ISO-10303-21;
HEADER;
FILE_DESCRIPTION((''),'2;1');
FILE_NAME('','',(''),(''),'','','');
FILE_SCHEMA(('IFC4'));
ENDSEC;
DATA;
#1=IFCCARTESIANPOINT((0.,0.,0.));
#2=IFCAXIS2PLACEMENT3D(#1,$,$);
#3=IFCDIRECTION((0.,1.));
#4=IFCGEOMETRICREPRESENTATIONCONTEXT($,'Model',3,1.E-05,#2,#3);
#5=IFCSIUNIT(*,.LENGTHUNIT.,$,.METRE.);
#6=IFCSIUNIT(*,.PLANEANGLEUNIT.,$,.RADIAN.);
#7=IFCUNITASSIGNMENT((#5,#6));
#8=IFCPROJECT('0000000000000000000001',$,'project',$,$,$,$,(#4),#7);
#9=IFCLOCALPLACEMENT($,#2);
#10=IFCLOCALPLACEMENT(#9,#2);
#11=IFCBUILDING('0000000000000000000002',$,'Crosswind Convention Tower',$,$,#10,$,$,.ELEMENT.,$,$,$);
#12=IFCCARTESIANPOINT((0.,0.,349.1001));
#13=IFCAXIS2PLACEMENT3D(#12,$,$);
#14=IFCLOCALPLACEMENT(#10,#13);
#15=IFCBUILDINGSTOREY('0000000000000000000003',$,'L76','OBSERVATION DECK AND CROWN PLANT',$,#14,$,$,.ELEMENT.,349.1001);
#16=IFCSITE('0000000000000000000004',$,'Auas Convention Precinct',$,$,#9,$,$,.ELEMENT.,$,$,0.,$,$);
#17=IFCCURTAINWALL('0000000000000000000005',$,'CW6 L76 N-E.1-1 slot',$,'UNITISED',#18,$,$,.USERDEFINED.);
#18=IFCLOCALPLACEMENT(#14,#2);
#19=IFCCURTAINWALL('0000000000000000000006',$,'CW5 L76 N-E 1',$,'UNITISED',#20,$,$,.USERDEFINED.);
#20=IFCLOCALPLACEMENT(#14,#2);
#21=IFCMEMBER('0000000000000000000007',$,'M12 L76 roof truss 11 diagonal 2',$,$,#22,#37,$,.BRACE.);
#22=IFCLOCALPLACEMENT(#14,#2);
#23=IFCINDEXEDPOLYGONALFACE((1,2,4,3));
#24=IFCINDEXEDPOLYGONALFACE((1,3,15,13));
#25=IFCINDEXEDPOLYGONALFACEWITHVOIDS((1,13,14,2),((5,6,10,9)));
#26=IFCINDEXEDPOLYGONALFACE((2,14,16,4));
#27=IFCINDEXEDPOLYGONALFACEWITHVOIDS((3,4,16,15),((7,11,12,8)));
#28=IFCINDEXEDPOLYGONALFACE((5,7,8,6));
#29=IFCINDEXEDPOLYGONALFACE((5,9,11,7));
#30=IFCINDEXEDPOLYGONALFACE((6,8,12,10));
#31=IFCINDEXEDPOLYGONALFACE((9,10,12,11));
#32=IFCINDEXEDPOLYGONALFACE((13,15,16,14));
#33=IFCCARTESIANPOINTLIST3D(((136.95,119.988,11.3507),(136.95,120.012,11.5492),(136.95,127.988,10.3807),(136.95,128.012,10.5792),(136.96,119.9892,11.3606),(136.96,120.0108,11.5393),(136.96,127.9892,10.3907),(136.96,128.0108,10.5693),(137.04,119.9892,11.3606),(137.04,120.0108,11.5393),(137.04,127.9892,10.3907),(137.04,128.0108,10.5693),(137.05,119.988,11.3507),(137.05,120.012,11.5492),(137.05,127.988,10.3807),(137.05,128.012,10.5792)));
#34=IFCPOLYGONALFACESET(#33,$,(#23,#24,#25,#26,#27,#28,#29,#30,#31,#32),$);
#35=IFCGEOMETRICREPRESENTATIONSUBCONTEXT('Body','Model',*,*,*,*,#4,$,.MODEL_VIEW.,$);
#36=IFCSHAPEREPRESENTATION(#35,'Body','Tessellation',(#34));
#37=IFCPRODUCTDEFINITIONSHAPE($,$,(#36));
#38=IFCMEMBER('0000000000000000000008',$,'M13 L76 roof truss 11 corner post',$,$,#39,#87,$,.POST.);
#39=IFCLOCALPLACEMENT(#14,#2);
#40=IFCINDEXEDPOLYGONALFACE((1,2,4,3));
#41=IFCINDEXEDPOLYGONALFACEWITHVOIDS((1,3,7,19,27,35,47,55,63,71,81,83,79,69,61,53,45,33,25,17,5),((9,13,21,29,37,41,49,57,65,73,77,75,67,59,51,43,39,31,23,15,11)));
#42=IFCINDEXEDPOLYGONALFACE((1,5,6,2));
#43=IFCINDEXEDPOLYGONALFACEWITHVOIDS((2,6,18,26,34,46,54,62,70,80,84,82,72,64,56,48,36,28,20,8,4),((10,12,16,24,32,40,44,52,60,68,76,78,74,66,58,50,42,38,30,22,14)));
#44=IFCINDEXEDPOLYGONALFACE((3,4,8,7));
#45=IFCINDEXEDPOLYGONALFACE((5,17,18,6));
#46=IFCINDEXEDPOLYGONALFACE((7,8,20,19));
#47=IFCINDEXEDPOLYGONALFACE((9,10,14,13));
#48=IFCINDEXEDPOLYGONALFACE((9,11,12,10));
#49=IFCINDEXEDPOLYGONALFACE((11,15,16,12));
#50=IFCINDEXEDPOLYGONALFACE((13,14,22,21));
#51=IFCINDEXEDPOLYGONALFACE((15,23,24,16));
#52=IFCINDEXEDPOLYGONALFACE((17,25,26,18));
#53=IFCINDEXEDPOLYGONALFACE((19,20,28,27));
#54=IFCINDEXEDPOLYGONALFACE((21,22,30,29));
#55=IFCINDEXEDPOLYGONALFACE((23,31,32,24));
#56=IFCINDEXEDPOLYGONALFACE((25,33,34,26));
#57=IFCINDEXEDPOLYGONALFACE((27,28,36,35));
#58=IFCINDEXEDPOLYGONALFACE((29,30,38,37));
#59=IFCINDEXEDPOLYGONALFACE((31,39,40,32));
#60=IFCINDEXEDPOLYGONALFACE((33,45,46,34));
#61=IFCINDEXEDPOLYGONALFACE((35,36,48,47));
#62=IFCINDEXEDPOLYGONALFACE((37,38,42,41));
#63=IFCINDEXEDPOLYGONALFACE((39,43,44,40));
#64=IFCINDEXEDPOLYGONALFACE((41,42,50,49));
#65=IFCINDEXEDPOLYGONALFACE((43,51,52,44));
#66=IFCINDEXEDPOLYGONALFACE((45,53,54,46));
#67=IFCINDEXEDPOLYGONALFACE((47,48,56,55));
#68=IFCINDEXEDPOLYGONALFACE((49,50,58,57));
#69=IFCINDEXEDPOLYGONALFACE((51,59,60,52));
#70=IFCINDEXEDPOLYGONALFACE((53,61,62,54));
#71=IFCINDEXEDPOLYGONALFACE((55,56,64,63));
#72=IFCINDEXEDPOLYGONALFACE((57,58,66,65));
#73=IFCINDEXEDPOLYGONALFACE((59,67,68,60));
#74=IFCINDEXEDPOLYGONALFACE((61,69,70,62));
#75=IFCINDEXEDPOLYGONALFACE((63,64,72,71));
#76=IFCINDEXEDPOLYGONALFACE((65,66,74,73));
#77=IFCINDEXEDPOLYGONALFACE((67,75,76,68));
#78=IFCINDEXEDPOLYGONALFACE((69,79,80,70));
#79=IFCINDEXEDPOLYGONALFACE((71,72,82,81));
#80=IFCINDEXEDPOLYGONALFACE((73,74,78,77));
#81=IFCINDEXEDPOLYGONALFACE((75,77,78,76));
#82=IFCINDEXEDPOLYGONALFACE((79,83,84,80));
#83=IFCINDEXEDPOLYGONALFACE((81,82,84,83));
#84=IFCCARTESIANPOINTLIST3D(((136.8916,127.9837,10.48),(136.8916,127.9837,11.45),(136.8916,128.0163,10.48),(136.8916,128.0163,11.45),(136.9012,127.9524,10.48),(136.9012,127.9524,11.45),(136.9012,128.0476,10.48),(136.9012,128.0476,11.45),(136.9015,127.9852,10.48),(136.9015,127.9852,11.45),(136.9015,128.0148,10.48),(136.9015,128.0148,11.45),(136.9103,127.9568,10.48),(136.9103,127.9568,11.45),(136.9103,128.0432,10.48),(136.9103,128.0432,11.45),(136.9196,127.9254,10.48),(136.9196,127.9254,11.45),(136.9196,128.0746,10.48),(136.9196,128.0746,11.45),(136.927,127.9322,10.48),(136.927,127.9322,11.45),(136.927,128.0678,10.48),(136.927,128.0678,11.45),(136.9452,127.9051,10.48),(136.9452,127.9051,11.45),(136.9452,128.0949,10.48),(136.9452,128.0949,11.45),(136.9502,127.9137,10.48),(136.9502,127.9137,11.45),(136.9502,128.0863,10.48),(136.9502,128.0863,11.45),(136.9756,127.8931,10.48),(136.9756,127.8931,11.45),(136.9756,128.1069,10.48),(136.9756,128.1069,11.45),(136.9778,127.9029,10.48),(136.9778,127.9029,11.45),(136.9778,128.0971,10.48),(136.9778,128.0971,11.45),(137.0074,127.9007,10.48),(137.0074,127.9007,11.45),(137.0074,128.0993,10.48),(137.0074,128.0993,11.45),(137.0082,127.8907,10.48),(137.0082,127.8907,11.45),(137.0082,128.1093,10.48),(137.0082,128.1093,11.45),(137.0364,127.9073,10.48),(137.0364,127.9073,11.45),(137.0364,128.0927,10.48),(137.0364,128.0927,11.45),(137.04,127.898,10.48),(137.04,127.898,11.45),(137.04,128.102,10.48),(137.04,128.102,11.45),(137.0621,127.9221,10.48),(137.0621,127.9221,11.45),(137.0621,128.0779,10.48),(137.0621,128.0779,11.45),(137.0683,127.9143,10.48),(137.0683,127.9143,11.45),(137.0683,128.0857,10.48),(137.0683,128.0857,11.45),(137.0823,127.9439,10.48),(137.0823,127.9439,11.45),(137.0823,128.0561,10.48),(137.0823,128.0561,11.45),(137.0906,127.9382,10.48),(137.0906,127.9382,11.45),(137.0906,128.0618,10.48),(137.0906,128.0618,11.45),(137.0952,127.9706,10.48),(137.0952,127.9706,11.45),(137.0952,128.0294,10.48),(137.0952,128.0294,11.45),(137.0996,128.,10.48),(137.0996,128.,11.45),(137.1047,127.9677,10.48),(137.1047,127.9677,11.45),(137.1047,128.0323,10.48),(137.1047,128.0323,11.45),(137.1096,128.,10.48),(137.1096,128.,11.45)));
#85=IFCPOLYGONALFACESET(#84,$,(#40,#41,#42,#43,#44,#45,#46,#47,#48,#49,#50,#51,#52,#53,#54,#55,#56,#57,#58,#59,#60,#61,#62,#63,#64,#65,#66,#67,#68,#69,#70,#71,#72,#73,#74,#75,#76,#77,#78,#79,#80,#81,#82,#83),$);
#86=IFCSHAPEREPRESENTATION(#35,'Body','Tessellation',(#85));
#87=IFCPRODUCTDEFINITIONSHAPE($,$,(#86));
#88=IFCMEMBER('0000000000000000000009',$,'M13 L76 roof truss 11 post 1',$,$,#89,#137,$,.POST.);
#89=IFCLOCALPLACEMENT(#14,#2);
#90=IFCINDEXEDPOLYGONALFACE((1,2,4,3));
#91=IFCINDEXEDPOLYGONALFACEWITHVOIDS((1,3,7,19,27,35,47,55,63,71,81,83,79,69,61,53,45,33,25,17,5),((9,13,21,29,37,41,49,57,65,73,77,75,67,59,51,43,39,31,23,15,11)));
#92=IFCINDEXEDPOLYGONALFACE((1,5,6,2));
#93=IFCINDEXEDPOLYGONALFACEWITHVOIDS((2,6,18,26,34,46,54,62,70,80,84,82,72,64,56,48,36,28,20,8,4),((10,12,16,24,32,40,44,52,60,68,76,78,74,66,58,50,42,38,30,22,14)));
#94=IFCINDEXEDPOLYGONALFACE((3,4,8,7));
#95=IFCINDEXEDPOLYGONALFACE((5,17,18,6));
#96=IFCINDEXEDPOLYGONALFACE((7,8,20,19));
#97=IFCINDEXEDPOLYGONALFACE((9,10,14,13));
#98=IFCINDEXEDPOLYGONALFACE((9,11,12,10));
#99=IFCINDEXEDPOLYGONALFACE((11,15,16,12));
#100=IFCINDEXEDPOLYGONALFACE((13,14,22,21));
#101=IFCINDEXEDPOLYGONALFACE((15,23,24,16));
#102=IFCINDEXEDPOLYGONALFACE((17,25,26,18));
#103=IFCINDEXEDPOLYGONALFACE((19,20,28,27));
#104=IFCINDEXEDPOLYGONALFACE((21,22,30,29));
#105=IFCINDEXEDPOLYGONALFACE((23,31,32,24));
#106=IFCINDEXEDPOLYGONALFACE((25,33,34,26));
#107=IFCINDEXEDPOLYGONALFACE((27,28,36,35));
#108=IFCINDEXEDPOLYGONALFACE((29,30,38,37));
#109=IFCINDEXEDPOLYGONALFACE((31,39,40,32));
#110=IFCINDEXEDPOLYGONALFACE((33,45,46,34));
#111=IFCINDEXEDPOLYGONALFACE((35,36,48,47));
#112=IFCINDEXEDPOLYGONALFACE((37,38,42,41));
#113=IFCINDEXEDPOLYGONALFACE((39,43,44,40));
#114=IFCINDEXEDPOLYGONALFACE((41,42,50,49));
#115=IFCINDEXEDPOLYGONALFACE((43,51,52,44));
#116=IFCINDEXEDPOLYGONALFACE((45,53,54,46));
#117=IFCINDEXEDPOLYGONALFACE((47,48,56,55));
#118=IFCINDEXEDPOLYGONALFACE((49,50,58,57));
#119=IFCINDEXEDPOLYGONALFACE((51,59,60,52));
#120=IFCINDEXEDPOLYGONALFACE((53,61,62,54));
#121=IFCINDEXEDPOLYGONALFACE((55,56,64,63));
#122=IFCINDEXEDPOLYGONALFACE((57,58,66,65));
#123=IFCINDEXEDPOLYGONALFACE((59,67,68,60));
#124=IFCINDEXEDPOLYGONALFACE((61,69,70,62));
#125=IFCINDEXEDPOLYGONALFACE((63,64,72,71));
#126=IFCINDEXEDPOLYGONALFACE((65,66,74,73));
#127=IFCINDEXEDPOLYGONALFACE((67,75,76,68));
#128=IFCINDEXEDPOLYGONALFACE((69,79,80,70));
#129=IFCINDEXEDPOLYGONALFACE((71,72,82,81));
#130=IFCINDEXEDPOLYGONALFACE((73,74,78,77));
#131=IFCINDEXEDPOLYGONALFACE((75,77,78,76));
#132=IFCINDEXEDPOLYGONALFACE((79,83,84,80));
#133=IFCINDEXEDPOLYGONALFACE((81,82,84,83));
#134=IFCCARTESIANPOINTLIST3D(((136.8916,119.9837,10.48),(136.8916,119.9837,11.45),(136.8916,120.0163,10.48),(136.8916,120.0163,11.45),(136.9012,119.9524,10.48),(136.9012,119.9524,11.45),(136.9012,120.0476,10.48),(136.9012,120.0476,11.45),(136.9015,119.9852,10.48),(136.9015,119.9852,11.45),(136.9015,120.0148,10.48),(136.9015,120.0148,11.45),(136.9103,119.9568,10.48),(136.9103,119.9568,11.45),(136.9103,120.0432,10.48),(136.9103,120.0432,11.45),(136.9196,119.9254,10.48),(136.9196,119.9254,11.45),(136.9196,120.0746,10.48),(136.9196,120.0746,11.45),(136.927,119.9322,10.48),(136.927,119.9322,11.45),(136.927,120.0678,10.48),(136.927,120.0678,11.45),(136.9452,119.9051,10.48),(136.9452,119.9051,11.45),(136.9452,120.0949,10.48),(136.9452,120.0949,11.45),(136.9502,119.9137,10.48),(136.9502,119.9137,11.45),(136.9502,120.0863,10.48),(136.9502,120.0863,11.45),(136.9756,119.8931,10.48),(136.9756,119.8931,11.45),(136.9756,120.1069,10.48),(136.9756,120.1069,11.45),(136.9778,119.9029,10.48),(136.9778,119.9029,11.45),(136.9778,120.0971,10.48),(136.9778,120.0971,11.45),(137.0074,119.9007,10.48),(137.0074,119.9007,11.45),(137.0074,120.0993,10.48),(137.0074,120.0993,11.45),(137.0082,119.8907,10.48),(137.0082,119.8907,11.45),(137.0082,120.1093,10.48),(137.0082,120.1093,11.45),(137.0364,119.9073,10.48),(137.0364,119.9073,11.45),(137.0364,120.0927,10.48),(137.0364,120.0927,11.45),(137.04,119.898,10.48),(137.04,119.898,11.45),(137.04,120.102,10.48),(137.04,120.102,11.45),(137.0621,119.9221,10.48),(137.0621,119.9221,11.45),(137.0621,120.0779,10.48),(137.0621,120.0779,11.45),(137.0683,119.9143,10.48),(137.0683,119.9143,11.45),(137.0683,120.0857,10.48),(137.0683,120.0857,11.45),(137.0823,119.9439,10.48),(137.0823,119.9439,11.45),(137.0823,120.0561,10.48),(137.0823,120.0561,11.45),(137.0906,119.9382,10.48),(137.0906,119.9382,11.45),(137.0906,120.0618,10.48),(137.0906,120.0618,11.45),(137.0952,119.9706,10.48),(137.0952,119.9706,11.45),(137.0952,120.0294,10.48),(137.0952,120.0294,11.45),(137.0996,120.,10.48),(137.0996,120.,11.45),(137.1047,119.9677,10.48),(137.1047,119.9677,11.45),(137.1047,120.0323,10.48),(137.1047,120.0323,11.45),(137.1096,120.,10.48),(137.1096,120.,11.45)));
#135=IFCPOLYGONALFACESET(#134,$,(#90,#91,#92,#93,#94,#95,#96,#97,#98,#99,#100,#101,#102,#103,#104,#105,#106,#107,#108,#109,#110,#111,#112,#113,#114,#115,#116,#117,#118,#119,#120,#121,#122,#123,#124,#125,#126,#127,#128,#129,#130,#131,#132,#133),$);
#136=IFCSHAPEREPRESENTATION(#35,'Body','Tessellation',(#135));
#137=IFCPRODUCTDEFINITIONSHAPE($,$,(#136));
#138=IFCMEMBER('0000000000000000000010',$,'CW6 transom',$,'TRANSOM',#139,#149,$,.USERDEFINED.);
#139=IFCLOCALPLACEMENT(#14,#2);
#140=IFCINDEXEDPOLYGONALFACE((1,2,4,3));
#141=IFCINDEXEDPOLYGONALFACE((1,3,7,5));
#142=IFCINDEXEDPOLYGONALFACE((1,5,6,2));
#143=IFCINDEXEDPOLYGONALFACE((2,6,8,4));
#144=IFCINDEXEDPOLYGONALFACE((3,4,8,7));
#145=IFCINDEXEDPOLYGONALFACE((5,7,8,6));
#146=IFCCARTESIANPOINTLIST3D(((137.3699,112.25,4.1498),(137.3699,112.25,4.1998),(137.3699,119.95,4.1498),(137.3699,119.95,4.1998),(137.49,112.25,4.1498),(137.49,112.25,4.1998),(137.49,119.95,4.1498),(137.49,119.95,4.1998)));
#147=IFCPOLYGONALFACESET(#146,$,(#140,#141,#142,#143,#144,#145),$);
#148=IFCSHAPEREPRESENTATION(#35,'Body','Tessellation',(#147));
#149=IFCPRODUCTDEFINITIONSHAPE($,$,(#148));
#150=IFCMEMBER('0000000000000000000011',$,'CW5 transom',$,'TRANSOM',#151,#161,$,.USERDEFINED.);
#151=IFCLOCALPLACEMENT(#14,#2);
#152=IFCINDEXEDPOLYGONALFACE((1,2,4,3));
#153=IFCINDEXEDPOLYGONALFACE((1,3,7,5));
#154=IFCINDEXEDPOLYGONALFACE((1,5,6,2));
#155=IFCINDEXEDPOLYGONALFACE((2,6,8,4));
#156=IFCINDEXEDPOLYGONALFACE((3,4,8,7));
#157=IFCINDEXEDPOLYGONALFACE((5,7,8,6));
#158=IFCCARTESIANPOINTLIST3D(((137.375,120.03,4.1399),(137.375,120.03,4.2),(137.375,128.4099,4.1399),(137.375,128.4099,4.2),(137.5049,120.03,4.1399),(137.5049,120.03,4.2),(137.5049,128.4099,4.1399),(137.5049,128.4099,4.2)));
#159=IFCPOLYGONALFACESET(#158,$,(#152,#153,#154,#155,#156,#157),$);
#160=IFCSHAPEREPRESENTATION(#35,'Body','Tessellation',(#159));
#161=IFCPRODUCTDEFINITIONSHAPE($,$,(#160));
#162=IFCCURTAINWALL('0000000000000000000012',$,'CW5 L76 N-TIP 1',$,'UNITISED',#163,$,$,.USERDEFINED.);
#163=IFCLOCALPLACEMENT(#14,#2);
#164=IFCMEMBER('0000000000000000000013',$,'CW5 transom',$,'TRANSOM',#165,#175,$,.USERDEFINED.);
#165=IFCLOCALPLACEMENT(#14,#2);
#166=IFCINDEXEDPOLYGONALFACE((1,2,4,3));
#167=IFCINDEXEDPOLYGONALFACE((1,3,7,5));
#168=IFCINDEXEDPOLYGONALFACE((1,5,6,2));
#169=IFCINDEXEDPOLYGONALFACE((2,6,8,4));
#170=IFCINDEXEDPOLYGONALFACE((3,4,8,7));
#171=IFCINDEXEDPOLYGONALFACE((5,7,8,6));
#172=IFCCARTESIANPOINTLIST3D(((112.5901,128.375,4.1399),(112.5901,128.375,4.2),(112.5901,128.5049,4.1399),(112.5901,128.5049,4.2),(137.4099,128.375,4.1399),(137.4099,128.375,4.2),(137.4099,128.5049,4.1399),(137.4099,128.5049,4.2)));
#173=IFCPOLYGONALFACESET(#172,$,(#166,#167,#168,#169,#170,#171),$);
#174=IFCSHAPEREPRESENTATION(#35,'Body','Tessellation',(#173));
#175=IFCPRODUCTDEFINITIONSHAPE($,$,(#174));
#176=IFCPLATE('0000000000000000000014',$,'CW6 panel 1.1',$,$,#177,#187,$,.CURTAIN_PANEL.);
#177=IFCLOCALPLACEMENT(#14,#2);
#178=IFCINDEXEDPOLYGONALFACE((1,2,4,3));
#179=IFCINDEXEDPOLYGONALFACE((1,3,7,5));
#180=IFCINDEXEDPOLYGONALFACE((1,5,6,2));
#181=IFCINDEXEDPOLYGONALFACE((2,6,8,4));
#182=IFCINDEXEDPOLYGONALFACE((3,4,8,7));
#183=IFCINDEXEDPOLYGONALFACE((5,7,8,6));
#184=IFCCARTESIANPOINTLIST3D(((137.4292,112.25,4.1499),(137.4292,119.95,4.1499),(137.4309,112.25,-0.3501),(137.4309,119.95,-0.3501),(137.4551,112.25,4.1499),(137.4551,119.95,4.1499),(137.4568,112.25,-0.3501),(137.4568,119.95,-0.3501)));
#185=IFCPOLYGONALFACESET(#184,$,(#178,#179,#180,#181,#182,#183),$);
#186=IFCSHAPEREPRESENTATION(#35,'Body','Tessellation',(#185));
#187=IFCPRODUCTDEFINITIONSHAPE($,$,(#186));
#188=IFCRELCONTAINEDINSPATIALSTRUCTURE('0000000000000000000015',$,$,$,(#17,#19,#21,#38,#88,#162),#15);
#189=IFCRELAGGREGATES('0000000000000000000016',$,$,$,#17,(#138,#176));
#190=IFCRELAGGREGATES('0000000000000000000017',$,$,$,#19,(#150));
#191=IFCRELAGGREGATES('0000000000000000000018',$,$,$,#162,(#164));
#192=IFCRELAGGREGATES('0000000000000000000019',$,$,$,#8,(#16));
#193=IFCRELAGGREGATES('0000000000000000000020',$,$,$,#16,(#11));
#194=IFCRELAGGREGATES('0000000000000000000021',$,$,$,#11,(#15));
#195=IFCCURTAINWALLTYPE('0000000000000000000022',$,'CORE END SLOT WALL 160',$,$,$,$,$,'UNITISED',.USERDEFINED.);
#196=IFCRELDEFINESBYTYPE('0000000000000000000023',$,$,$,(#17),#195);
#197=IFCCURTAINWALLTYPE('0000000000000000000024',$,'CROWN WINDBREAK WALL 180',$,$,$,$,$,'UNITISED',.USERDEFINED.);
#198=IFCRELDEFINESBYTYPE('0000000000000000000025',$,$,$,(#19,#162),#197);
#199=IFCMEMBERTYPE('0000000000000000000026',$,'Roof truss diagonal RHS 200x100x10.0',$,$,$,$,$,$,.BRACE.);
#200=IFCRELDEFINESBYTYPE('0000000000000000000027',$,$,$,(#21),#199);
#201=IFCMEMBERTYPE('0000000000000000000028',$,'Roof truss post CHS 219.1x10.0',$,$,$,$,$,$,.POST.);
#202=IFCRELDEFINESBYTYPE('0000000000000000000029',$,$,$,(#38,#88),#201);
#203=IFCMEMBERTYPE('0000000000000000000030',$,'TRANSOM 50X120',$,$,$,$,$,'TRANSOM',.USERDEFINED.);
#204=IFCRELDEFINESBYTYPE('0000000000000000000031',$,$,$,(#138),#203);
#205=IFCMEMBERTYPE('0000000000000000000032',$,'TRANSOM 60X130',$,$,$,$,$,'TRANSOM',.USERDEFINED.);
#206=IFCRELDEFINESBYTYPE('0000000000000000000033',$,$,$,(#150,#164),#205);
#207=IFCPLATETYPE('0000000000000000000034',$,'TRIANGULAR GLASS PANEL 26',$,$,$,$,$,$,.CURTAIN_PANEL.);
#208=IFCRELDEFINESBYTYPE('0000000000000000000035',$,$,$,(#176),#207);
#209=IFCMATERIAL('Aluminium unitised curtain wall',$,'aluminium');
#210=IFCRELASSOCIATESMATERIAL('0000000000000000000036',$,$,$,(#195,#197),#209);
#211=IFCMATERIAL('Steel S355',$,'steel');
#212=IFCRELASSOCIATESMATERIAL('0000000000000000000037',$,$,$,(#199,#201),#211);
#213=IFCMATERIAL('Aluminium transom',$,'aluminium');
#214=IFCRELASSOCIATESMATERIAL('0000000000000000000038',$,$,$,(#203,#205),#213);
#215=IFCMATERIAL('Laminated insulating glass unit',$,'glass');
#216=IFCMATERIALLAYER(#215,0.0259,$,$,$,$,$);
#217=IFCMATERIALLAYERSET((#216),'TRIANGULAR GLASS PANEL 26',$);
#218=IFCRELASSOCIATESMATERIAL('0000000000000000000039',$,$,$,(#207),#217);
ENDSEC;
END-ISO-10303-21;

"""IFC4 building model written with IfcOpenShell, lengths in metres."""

from ifc_helpers import new_model, si_unit, direction, frame, origin, origin_2d, place, context, subcontext, project, spatial, polyline, rectangle, hollow_rectangle, hollow_circle, outline, extrude, material, layer, layer_set, material_profile, profile_set, type_object, element, aggregate, save


model = new_model("IFC4")

# Units and contexts
model_context = context("Model", 3, precision=1e-05, world=origin(), true_north=direction((0.0, 1.0)))
body_context = subcontext(model_context, "Body", "Model", "MODEL_VIEW")
ifc_project = project(units=[si_unit("LENGTHUNIT", "METRE"), si_unit("PLANEANGLEUNIT", "RADIAN")], contexts=[model_context])

# Site, building, storey
site_placement = place(None, origin())
site = spatial("IfcSite", under=ifc_project, at=site_placement, Name="Auas Convention Precinct", CompositionType="ELEMENT", RefElevation=0.0)
building_placement = place(site_placement, origin())
building = spatial("IfcBuilding", under=site, at=building_placement, Name="Crosswind Convention Tower", CompositionType="ELEMENT")
storey_placement = place(building_placement, frame((0.0, 0.0, 349.1001)))
storey = spatial("IfcBuildingStorey", under=building, at=storey_placement, Name="L76", Description="OBSERVATION DECK AND CROWN PLANT", CompositionType="ELEMENT", Elevation=349.1001)

# Shared definitions
ifc_material_1 = material(Name="Steel S355", Category="steel")

# Curtain walls
ifc_material_2 = material(Name="Aluminium unitised curtain wall", Category="aluminium")
curtain_wall_type_1 = type_object("IfcCurtainWallType", Name="CORE END SLOT WALL 160", ElementType="UNITISED", PredefinedType="USERDEFINED", material=ifc_material_2)
curtain_wall_1_placement = place(storey_placement, origin())
curtain_wall_1 = element("IfcCurtainWall", 1, at=curtain_wall_1_placement, inside=storey, type_object=curtain_wall_type_1, Name="CW6 L76 N-E.1-1 slot", ObjectType="UNITISED", PredefinedType="USERDEFINED")
curtain_wall_type_2 = type_object("IfcCurtainWallType", Name="CROWN WINDBREAK WALL 180", ElementType="UNITISED", PredefinedType="USERDEFINED", material=ifc_material_2)
curtain_wall_2_placement = place(storey_placement, origin())
curtain_wall_2 = element("IfcCurtainWall", 2, at=curtain_wall_2_placement, inside=storey, type_object=curtain_wall_type_2, Name="CW5 L76 N-E 1", ObjectType="UNITISED", PredefinedType="USERDEFINED")

# Members
ifc_material_profile_1 = material_profile(ifc_material_1, hollow_rectangle(XDim=0.1001, YDim=0.2, WallThickness=0.01, at=origin_2d()), Name="RHS 200x100x10.0")
ifc_profile_set_1 = profile_set([ifc_material_profile_1], Name="Steel S355")
member_type_1 = type_object("IfcMemberType", Name="Roof truss diagonal RHS 200x100x10.0", PredefinedType="BRACE", material=ifc_profile_set_1)
member_1_placement = place(storey_placement, frame((137.0, 120.0, 11.45), z_axis=(0.0, 0.99273, -0.120365), x_axis=(-1.0, 0.0, 0.0)))
element("IfcMember", 3, at=member_1_placement, inside=storey, type_object=member_type_1, Name="M12 L76 roof truss 11 diagonal 2", PredefinedType="BRACE", context=body_context, shape_type="SweptSolid", body=[
    extrude(hollow_rectangle(XDim=0.1001, YDim=0.2, WallThickness=0.01, at=origin_2d()), origin(), (0.0, 0.0, 1.0), 8.0586),
])
ifc_material_profile_2 = material_profile(ifc_material_1, hollow_circle(Radius=0.1096, WallThickness=0.01, at=origin_2d()), Name="CHS 219.1x10.0")
ifc_profile_set_2 = profile_set([ifc_material_profile_2], Name="Steel S355")
member_type_2 = type_object("IfcMemberType", Name="Roof truss post CHS 219.1x10.0", PredefinedType="POST", material=ifc_profile_set_2)
for number, where, z_axis, x_axis, name in (
    (4, (137.0, 128.0, 10.48), (0.0, 0.0, 1.0), (1.0, 0.0, 0.0), "M13 L76 roof truss 11 corner post"),
    (5, (137.0, 120.0, 10.48), (0.0, 0.0, 1.0), (1.0, 0.0, 0.0), "M13 L76 roof truss 11 post 1"),
):
    element("IfcMember", number, at=place(storey_placement, frame(where, z_axis=z_axis, x_axis=x_axis)), inside=storey, type_object=member_type_2, Name=name, PredefinedType="POST", context=body_context, shape_type="SweptSolid", body=[
        extrude(hollow_circle(Radius=0.1096, WallThickness=0.01, at=origin_2d()), origin(), (0.0, 0.0, 1.0), 0.97),
    ])

# Members
ifc_material_3 = material(Name="Aluminium transom", Category="aluminium")
ifc_material_profile_3 = material_profile(ifc_material_3, rectangle(XDim=0.1201, YDim=0.05, at=origin_2d()), Name="AL 120X50")
ifc_profile_set_3 = profile_set([ifc_material_profile_3], Name="Aluminium transom")
member_type_3 = type_object("IfcMemberType", Name="TRANSOM 50X120", ElementType="TRANSOM", PredefinedType="USERDEFINED", material=ifc_profile_set_3)
member_2_placement = place(storey_placement, frame((137.4299, 112.25, 4.1748), z_axis=(0.0, 1.0, 0.0), x_axis=(-1.0, 0.0, 0.0)))
member_2 = element("IfcMember", 6, at=member_2_placement, type_object=member_type_3, Name="CW6 transom", ObjectType="TRANSOM", PredefinedType="USERDEFINED", context=body_context, shape_type="SweptSolid", body=[
    extrude(rectangle(XDim=0.1201, YDim=0.05, at=origin_2d()), origin(), (0.0, 0.0, 1.0), 7.7),
])
ifc_material_profile_4 = material_profile(ifc_material_3, rectangle(XDim=0.1299, YDim=0.0601, at=origin_2d()), Name="AL 130X60")
ifc_profile_set_4 = profile_set([ifc_material_profile_4], Name="Aluminium transom")
member_type_4 = type_object("IfcMemberType", Name="TRANSOM 60X130", ElementType="TRANSOM", PredefinedType="USERDEFINED", material=ifc_profile_set_4)
member_3_placement = place(storey_placement, frame((137.4399, 120.03, 4.1699), z_axis=(0.0, 1.0, 0.0), x_axis=(-1.0, 0.0, 0.0)))
member_3 = element("IfcMember", 7, at=member_3_placement, type_object=member_type_4, Name="CW5 transom", ObjectType="TRANSOM", PredefinedType="USERDEFINED", context=body_context, shape_type="SweptSolid", body=[
    extrude(rectangle(XDim=0.1299, YDim=0.0601, at=origin_2d()), origin(), (0.0, 0.0, 1.0), 8.3799),
])

# Curtain wall, member
curtain_wall_3_placement = place(storey_placement, origin())
curtain_wall_3 = element("IfcCurtainWall", 8, at=curtain_wall_3_placement, inside=storey, type_object=curtain_wall_type_2, Name="CW5 L76 N-TIP 1", ObjectType="UNITISED", PredefinedType="USERDEFINED")
member_4_placement = place(storey_placement, frame((137.4099, 128.4399, 4.1699), z_axis=(-1.0, 0.0, 0.0), x_axis=(0.0, -1.0, 0.0)))
member_4 = element("IfcMember", 9, at=member_4_placement, type_object=member_type_4, Name="CW5 transom", ObjectType="TRANSOM", PredefinedType="USERDEFINED", context=body_context, shape_type="SweptSolid", body=[
    extrude(rectangle(XDim=0.1299, YDim=0.0601, at=origin_2d()), origin(), (0.0, 0.0, 1.0), 24.8198),
])

# Plate
ifc_material_4 = material(Name="Laminated insulating glass unit", Category="glass")
ifc_layer_1 = layer(ifc_material_4, 0.0259)
ifc_layer_set_1 = layer_set([ifc_layer_1], Name="TRIANGULAR GLASS PANEL 26")
plate_type_1 = type_object("IfcPlateType", Name="TRIANGULAR GLASS PANEL 26", PredefinedType="CURTAIN_PANEL", material=ifc_layer_set_1)
plate_1_placement = place(storey_placement, frame((137.4568, 112.25, -0.3501), z_axis=(1.0, 0.0, 0.00038), x_axis=(0.0, 1.0, 0.0)))
plate_1 = element("IfcPlate", 10, at=plate_1_placement, type_object=plate_type_1, Name="CW6 panel 1.1", PredefinedType="CURTAIN_PANEL", context=body_context, shape_type="SweptSolid", body=[
    extrude(outline(polyline([(0.0, 0.0), (7.7, 0.0), (7.7, 4.5), (0.0, 4.5), (0.0, 0.0)])), origin(), (0.0, 0.0, -1.0), 0.0259),
])
aggregate(curtain_wall_1, [member_2, plate_1])

aggregate(curtain_wall_2, [member_3])
aggregate(curtain_wall_3, [member_4])

save(model, "model.ifc")
